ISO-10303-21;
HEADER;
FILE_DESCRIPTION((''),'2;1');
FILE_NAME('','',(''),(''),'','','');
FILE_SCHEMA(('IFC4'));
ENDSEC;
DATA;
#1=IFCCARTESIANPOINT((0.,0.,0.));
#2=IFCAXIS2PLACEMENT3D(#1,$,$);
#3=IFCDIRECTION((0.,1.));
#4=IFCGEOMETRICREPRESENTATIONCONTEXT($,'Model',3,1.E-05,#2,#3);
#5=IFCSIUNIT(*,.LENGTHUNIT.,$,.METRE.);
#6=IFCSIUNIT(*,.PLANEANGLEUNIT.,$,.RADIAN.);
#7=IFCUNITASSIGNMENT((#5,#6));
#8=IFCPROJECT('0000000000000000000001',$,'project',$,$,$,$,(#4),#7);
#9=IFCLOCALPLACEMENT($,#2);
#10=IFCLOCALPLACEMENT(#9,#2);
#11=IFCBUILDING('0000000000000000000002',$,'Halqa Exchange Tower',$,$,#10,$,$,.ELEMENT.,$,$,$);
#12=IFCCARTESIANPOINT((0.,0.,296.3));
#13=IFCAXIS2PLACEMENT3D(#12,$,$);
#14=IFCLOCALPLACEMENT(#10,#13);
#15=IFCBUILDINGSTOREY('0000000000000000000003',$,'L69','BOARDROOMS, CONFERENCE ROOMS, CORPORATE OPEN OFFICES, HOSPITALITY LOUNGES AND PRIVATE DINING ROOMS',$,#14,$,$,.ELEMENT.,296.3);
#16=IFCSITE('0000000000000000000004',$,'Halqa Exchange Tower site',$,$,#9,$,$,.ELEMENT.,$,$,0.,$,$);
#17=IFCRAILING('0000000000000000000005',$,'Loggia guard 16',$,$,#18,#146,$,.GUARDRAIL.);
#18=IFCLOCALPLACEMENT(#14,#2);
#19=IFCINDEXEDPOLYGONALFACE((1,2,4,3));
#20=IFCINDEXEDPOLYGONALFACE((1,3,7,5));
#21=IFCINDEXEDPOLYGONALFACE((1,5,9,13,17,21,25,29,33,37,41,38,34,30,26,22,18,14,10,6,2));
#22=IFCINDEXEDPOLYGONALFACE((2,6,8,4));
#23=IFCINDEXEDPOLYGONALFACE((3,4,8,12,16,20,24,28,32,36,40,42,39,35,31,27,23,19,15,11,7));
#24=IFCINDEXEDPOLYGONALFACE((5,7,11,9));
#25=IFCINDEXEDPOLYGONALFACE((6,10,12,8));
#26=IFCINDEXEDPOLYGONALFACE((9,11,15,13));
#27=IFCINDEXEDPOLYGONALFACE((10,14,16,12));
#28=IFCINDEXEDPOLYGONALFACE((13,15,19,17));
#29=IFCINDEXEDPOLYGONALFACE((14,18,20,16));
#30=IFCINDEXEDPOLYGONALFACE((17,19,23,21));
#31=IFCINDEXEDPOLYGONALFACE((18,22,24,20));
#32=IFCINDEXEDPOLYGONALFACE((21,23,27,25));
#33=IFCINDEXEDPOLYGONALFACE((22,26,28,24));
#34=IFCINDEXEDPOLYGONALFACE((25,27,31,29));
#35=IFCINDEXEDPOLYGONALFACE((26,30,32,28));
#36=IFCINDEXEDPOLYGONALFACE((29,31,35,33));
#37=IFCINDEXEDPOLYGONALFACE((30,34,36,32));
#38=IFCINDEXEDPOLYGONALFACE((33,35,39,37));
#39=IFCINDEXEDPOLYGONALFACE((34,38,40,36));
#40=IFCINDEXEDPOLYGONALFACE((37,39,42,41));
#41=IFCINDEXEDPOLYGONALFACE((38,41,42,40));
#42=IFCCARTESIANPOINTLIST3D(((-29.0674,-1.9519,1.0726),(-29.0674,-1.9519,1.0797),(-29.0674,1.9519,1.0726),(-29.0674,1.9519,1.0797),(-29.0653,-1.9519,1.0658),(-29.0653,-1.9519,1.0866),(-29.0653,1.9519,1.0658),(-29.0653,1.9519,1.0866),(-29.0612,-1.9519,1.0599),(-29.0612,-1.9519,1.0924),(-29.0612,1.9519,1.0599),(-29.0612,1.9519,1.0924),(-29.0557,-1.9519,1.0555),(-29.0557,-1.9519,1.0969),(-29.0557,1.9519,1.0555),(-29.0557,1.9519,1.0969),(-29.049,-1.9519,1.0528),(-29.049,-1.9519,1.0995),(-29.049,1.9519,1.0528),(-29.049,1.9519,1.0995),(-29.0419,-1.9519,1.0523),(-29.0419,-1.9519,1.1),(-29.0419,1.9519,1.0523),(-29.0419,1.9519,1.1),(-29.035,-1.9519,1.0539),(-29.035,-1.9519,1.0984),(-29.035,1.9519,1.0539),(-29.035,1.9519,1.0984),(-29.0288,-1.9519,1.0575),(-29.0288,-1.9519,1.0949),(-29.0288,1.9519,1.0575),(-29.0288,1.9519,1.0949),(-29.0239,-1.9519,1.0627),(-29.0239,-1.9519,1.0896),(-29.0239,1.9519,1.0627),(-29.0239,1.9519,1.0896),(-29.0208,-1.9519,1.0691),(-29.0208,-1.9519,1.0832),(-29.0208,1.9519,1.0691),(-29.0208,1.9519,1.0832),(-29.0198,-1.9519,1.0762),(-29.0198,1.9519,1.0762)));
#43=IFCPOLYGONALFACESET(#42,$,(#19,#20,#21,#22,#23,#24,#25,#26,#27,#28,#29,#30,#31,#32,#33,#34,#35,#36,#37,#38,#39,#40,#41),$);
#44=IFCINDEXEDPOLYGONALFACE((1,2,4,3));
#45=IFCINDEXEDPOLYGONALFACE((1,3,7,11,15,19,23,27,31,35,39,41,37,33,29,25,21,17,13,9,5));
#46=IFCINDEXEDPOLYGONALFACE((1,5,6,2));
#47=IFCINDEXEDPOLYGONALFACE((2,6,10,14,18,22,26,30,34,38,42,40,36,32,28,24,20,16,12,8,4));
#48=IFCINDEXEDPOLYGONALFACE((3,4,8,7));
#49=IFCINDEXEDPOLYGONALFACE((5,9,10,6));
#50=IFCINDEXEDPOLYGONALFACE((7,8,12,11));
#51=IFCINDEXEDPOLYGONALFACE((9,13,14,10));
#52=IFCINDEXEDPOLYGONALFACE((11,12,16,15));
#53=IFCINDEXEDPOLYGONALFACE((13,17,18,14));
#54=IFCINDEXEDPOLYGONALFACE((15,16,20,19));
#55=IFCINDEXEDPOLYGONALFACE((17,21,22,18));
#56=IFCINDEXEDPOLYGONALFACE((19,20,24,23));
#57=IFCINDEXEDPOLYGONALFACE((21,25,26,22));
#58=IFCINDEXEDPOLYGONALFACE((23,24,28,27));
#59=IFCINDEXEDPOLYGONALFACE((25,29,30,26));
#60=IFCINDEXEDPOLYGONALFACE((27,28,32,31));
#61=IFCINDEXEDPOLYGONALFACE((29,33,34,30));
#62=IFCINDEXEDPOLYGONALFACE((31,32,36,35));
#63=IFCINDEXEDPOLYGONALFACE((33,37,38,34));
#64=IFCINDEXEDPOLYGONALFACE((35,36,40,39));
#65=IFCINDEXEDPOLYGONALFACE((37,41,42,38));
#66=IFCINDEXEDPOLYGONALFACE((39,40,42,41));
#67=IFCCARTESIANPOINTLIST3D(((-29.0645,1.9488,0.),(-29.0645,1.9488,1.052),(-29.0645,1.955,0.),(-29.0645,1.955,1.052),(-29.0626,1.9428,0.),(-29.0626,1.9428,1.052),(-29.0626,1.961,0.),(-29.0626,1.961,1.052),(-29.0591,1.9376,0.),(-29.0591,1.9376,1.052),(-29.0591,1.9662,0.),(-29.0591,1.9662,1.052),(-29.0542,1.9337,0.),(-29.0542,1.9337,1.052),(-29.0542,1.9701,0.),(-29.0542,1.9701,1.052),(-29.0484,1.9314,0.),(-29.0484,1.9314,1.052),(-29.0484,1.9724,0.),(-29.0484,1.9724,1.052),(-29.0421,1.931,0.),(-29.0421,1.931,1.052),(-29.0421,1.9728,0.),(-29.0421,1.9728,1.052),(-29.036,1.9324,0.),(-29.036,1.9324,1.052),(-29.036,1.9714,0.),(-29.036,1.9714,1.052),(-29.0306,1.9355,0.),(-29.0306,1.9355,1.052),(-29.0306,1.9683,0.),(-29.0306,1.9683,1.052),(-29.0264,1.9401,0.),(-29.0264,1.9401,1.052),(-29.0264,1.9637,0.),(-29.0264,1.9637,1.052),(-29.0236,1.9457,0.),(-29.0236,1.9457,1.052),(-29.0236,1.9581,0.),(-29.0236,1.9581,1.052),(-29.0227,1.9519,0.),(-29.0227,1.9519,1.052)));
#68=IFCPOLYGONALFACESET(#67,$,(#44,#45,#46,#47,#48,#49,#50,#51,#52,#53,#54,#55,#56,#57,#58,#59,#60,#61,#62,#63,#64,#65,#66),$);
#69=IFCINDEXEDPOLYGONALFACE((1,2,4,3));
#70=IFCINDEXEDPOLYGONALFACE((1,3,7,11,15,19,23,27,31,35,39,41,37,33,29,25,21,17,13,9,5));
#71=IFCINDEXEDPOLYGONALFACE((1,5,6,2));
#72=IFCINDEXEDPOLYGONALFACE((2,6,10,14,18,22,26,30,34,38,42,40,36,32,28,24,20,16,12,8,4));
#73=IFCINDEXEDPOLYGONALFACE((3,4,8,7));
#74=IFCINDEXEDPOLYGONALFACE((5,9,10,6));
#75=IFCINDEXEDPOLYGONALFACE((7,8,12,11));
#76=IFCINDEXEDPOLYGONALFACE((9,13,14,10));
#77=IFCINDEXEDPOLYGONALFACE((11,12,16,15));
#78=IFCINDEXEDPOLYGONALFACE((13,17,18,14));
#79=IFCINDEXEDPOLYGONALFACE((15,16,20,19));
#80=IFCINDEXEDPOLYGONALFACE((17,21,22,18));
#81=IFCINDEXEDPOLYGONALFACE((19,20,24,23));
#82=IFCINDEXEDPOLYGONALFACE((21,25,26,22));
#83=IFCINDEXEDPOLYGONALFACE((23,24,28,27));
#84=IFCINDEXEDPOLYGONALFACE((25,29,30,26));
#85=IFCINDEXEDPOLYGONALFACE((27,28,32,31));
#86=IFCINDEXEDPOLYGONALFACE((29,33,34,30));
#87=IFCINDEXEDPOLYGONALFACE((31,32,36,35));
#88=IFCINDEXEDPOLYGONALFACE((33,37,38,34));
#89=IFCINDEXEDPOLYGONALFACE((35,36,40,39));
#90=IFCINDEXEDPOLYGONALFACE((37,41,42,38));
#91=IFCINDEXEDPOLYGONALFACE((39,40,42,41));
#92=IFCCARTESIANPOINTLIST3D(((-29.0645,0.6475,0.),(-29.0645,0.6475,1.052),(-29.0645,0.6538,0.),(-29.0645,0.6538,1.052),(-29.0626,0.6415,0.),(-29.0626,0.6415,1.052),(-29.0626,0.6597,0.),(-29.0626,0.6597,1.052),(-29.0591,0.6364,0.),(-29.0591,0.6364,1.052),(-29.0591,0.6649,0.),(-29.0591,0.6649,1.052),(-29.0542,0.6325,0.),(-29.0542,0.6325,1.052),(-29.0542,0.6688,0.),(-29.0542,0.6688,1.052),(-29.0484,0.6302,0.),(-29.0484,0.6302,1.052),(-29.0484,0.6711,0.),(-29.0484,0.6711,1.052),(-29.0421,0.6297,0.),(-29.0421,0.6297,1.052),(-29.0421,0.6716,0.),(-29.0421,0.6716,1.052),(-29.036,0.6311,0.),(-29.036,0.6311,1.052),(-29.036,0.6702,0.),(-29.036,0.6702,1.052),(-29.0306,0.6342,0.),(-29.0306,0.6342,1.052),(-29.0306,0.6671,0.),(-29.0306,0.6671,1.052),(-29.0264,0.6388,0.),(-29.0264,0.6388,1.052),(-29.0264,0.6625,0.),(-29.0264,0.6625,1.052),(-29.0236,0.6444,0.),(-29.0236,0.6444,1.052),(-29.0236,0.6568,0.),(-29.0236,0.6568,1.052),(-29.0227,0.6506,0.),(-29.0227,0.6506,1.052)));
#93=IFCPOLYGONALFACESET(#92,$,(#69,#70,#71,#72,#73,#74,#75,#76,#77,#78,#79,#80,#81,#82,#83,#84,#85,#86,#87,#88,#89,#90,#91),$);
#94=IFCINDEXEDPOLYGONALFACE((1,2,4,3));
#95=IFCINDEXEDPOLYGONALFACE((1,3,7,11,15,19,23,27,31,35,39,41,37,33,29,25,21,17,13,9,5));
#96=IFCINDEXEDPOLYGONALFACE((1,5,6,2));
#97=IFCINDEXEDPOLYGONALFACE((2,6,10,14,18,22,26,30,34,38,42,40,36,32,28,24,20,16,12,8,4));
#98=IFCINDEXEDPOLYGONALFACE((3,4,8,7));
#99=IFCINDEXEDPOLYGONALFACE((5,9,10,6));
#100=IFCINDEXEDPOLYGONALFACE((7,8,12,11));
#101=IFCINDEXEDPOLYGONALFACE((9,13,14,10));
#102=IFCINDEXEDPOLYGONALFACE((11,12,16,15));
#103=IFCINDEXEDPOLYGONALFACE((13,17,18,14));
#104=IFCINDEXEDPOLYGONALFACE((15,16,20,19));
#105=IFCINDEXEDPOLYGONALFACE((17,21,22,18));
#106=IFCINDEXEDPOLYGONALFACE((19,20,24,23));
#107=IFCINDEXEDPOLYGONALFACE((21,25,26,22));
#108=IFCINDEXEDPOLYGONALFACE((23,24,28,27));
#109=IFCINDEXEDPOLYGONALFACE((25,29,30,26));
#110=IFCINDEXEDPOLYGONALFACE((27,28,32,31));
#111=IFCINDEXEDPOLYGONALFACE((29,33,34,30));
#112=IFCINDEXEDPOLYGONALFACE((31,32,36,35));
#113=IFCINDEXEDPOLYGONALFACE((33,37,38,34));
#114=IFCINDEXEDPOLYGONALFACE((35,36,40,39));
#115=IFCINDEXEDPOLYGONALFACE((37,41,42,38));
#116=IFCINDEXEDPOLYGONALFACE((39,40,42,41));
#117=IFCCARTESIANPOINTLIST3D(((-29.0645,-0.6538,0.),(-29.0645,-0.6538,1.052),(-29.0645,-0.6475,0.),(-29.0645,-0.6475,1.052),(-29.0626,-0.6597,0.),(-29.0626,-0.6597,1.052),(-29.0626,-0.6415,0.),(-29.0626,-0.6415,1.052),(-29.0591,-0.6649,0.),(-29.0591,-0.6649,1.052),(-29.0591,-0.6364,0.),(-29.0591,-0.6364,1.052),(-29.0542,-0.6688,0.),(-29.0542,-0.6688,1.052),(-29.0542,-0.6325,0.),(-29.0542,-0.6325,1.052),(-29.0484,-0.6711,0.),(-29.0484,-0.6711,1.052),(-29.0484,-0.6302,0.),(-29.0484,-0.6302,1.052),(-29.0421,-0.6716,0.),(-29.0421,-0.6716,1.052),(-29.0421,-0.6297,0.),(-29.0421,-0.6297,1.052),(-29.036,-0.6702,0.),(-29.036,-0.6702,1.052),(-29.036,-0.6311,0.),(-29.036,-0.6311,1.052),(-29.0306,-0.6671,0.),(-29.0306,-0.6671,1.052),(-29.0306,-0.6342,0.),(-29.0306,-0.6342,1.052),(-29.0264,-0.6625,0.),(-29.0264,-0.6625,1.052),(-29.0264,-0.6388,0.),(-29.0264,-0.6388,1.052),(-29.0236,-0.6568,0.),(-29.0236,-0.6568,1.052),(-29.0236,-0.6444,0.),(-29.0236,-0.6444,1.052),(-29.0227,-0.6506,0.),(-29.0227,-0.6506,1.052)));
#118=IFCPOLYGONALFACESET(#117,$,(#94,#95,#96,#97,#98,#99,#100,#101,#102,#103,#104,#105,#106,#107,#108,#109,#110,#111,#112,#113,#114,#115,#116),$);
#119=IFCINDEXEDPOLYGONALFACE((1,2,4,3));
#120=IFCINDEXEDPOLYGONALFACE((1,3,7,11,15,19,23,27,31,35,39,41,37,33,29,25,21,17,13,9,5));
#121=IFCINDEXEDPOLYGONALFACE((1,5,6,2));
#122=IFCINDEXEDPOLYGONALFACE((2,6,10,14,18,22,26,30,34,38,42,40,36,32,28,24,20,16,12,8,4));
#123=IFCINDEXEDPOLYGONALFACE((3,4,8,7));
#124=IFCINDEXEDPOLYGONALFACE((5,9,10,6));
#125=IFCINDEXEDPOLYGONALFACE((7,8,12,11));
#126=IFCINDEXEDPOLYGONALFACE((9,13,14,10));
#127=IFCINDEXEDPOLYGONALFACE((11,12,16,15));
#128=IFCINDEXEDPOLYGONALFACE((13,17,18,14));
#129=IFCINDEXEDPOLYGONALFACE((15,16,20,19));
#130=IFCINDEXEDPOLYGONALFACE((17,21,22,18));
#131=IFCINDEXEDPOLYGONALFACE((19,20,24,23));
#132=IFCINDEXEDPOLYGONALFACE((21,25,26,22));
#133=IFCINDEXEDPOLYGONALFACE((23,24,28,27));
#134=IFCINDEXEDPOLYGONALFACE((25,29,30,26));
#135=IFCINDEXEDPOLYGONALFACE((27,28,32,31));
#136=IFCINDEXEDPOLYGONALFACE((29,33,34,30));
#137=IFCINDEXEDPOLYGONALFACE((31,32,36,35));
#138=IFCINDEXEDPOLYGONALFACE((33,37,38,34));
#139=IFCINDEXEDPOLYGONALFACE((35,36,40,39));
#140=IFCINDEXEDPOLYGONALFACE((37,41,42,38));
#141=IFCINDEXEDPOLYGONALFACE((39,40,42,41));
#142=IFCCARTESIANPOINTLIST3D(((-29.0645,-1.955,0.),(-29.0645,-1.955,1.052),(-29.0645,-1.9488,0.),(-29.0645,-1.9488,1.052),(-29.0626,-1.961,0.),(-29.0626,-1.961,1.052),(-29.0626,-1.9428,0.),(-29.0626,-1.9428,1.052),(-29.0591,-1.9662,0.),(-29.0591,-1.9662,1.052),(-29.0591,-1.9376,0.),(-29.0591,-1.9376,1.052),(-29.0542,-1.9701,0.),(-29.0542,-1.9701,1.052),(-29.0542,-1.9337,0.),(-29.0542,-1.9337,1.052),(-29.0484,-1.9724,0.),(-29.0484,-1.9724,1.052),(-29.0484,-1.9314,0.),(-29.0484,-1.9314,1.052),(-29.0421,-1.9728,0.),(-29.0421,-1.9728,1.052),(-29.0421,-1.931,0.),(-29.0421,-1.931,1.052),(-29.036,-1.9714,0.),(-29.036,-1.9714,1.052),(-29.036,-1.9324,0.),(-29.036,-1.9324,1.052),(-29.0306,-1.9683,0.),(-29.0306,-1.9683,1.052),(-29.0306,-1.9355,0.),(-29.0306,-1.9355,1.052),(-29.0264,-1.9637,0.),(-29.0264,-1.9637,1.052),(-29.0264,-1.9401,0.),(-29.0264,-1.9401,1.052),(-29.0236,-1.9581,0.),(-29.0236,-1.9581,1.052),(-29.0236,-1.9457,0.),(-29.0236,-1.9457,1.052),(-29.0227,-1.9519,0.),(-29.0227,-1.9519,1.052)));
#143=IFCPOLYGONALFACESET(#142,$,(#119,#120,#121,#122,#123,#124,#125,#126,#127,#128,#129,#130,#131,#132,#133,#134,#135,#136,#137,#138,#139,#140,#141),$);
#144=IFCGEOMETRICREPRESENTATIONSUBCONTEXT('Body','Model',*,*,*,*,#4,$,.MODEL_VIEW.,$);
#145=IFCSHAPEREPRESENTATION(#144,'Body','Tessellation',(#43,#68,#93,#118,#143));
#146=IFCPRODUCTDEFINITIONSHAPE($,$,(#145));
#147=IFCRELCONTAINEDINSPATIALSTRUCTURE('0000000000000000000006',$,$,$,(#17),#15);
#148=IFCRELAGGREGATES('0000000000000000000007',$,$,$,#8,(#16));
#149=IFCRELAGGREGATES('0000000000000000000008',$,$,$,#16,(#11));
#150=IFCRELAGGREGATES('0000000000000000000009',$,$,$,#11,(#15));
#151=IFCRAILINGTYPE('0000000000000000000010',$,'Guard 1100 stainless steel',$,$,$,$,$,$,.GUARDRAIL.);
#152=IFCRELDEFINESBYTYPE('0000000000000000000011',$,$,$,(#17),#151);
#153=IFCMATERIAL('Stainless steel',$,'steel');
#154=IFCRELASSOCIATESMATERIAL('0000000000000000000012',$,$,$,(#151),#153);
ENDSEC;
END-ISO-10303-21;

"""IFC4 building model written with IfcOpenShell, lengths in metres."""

from ifc_helpers import new_model, si_unit, direction, frame, origin, origin_2d, place, context, subcontext, project, spatial, circle, extrude, material, type_object, element, save


model = new_model("IFC4")

# Units and contexts
model_context = context("Model", 3, precision=1e-05, world=origin(), true_north=direction((0.0, 1.0)))
body_context = subcontext(model_context, "Body", "Model", "MODEL_VIEW")
ifc_project = project(units=[si_unit("LENGTHUNIT", "METRE"), si_unit("PLANEANGLEUNIT", "RADIAN")], contexts=[model_context])

# Site, building, storey
site_placement = place(None, origin())
site = spatial("IfcSite", under=ifc_project, at=site_placement, Name="Halqa Exchange Tower site", CompositionType="ELEMENT", RefElevation=0.0)
building_placement = place(site_placement, origin())
building = spatial("IfcBuilding", under=site, at=building_placement, Name="Halqa Exchange Tower", CompositionType="ELEMENT")
storey_placement = place(building_placement, frame((0.0, 0.0, 296.3)))
storey = spatial("IfcBuildingStorey", under=building, at=storey_placement, Name="L69", Description="BOARDROOMS, CONFERENCE ROOMS, CORPORATE OPEN OFFICES, HOSPITALITY LOUNGES AND PRIVATE DINING ROOMS", CompositionType="ELEMENT", Elevation=296.3)

# Railing
ifc_material_1 = material(Name="Stainless steel", Category="steel")
railing_type = type_object("IfcRailingType", Name="Guard 1100 stainless steel", PredefinedType="GUARDRAIL", material=ifc_material_1)
railing_1_placement = place(storey_placement, frame((-29.0437, 1.9519, 0.0)))
element("IfcRailing", 1, at=railing_1_placement, inside=storey, type_object=railing_type, Name="Loggia guard 16", PredefinedType="GUARDRAIL", context=body_context, shape_type="SweptSolid", body=[
    extrude(circle(Radius=0.0239, at=origin_2d()), frame((0.0, 0.0, 1.0762), z_axis=(0.0, -1.0, 0.0), x_axis=(1.0, 0.0, 0.0)), (0.0, 0.0, 1.0), 3.9038),
    extrude(circle(Radius=0.021, at=origin_2d()), origin(), (0.0, 0.0, 1.0), 1.052),
    extrude(circle(Radius=0.021, at=origin_2d()), frame((0.0, -1.3013, 0.0)), (0.0, 0.0, 1.0), 1.052),
    extrude(circle(Radius=0.021, at=origin_2d()), frame((0.0, -2.6025, 0.0)), (0.0, 0.0, 1.0), 1.052),
    extrude(circle(Radius=0.021, at=origin_2d()), frame((0.0, -3.9038, 0.0)), (0.0, 0.0, 1.0), 1.052),
])

save(model, "model.ifc")
